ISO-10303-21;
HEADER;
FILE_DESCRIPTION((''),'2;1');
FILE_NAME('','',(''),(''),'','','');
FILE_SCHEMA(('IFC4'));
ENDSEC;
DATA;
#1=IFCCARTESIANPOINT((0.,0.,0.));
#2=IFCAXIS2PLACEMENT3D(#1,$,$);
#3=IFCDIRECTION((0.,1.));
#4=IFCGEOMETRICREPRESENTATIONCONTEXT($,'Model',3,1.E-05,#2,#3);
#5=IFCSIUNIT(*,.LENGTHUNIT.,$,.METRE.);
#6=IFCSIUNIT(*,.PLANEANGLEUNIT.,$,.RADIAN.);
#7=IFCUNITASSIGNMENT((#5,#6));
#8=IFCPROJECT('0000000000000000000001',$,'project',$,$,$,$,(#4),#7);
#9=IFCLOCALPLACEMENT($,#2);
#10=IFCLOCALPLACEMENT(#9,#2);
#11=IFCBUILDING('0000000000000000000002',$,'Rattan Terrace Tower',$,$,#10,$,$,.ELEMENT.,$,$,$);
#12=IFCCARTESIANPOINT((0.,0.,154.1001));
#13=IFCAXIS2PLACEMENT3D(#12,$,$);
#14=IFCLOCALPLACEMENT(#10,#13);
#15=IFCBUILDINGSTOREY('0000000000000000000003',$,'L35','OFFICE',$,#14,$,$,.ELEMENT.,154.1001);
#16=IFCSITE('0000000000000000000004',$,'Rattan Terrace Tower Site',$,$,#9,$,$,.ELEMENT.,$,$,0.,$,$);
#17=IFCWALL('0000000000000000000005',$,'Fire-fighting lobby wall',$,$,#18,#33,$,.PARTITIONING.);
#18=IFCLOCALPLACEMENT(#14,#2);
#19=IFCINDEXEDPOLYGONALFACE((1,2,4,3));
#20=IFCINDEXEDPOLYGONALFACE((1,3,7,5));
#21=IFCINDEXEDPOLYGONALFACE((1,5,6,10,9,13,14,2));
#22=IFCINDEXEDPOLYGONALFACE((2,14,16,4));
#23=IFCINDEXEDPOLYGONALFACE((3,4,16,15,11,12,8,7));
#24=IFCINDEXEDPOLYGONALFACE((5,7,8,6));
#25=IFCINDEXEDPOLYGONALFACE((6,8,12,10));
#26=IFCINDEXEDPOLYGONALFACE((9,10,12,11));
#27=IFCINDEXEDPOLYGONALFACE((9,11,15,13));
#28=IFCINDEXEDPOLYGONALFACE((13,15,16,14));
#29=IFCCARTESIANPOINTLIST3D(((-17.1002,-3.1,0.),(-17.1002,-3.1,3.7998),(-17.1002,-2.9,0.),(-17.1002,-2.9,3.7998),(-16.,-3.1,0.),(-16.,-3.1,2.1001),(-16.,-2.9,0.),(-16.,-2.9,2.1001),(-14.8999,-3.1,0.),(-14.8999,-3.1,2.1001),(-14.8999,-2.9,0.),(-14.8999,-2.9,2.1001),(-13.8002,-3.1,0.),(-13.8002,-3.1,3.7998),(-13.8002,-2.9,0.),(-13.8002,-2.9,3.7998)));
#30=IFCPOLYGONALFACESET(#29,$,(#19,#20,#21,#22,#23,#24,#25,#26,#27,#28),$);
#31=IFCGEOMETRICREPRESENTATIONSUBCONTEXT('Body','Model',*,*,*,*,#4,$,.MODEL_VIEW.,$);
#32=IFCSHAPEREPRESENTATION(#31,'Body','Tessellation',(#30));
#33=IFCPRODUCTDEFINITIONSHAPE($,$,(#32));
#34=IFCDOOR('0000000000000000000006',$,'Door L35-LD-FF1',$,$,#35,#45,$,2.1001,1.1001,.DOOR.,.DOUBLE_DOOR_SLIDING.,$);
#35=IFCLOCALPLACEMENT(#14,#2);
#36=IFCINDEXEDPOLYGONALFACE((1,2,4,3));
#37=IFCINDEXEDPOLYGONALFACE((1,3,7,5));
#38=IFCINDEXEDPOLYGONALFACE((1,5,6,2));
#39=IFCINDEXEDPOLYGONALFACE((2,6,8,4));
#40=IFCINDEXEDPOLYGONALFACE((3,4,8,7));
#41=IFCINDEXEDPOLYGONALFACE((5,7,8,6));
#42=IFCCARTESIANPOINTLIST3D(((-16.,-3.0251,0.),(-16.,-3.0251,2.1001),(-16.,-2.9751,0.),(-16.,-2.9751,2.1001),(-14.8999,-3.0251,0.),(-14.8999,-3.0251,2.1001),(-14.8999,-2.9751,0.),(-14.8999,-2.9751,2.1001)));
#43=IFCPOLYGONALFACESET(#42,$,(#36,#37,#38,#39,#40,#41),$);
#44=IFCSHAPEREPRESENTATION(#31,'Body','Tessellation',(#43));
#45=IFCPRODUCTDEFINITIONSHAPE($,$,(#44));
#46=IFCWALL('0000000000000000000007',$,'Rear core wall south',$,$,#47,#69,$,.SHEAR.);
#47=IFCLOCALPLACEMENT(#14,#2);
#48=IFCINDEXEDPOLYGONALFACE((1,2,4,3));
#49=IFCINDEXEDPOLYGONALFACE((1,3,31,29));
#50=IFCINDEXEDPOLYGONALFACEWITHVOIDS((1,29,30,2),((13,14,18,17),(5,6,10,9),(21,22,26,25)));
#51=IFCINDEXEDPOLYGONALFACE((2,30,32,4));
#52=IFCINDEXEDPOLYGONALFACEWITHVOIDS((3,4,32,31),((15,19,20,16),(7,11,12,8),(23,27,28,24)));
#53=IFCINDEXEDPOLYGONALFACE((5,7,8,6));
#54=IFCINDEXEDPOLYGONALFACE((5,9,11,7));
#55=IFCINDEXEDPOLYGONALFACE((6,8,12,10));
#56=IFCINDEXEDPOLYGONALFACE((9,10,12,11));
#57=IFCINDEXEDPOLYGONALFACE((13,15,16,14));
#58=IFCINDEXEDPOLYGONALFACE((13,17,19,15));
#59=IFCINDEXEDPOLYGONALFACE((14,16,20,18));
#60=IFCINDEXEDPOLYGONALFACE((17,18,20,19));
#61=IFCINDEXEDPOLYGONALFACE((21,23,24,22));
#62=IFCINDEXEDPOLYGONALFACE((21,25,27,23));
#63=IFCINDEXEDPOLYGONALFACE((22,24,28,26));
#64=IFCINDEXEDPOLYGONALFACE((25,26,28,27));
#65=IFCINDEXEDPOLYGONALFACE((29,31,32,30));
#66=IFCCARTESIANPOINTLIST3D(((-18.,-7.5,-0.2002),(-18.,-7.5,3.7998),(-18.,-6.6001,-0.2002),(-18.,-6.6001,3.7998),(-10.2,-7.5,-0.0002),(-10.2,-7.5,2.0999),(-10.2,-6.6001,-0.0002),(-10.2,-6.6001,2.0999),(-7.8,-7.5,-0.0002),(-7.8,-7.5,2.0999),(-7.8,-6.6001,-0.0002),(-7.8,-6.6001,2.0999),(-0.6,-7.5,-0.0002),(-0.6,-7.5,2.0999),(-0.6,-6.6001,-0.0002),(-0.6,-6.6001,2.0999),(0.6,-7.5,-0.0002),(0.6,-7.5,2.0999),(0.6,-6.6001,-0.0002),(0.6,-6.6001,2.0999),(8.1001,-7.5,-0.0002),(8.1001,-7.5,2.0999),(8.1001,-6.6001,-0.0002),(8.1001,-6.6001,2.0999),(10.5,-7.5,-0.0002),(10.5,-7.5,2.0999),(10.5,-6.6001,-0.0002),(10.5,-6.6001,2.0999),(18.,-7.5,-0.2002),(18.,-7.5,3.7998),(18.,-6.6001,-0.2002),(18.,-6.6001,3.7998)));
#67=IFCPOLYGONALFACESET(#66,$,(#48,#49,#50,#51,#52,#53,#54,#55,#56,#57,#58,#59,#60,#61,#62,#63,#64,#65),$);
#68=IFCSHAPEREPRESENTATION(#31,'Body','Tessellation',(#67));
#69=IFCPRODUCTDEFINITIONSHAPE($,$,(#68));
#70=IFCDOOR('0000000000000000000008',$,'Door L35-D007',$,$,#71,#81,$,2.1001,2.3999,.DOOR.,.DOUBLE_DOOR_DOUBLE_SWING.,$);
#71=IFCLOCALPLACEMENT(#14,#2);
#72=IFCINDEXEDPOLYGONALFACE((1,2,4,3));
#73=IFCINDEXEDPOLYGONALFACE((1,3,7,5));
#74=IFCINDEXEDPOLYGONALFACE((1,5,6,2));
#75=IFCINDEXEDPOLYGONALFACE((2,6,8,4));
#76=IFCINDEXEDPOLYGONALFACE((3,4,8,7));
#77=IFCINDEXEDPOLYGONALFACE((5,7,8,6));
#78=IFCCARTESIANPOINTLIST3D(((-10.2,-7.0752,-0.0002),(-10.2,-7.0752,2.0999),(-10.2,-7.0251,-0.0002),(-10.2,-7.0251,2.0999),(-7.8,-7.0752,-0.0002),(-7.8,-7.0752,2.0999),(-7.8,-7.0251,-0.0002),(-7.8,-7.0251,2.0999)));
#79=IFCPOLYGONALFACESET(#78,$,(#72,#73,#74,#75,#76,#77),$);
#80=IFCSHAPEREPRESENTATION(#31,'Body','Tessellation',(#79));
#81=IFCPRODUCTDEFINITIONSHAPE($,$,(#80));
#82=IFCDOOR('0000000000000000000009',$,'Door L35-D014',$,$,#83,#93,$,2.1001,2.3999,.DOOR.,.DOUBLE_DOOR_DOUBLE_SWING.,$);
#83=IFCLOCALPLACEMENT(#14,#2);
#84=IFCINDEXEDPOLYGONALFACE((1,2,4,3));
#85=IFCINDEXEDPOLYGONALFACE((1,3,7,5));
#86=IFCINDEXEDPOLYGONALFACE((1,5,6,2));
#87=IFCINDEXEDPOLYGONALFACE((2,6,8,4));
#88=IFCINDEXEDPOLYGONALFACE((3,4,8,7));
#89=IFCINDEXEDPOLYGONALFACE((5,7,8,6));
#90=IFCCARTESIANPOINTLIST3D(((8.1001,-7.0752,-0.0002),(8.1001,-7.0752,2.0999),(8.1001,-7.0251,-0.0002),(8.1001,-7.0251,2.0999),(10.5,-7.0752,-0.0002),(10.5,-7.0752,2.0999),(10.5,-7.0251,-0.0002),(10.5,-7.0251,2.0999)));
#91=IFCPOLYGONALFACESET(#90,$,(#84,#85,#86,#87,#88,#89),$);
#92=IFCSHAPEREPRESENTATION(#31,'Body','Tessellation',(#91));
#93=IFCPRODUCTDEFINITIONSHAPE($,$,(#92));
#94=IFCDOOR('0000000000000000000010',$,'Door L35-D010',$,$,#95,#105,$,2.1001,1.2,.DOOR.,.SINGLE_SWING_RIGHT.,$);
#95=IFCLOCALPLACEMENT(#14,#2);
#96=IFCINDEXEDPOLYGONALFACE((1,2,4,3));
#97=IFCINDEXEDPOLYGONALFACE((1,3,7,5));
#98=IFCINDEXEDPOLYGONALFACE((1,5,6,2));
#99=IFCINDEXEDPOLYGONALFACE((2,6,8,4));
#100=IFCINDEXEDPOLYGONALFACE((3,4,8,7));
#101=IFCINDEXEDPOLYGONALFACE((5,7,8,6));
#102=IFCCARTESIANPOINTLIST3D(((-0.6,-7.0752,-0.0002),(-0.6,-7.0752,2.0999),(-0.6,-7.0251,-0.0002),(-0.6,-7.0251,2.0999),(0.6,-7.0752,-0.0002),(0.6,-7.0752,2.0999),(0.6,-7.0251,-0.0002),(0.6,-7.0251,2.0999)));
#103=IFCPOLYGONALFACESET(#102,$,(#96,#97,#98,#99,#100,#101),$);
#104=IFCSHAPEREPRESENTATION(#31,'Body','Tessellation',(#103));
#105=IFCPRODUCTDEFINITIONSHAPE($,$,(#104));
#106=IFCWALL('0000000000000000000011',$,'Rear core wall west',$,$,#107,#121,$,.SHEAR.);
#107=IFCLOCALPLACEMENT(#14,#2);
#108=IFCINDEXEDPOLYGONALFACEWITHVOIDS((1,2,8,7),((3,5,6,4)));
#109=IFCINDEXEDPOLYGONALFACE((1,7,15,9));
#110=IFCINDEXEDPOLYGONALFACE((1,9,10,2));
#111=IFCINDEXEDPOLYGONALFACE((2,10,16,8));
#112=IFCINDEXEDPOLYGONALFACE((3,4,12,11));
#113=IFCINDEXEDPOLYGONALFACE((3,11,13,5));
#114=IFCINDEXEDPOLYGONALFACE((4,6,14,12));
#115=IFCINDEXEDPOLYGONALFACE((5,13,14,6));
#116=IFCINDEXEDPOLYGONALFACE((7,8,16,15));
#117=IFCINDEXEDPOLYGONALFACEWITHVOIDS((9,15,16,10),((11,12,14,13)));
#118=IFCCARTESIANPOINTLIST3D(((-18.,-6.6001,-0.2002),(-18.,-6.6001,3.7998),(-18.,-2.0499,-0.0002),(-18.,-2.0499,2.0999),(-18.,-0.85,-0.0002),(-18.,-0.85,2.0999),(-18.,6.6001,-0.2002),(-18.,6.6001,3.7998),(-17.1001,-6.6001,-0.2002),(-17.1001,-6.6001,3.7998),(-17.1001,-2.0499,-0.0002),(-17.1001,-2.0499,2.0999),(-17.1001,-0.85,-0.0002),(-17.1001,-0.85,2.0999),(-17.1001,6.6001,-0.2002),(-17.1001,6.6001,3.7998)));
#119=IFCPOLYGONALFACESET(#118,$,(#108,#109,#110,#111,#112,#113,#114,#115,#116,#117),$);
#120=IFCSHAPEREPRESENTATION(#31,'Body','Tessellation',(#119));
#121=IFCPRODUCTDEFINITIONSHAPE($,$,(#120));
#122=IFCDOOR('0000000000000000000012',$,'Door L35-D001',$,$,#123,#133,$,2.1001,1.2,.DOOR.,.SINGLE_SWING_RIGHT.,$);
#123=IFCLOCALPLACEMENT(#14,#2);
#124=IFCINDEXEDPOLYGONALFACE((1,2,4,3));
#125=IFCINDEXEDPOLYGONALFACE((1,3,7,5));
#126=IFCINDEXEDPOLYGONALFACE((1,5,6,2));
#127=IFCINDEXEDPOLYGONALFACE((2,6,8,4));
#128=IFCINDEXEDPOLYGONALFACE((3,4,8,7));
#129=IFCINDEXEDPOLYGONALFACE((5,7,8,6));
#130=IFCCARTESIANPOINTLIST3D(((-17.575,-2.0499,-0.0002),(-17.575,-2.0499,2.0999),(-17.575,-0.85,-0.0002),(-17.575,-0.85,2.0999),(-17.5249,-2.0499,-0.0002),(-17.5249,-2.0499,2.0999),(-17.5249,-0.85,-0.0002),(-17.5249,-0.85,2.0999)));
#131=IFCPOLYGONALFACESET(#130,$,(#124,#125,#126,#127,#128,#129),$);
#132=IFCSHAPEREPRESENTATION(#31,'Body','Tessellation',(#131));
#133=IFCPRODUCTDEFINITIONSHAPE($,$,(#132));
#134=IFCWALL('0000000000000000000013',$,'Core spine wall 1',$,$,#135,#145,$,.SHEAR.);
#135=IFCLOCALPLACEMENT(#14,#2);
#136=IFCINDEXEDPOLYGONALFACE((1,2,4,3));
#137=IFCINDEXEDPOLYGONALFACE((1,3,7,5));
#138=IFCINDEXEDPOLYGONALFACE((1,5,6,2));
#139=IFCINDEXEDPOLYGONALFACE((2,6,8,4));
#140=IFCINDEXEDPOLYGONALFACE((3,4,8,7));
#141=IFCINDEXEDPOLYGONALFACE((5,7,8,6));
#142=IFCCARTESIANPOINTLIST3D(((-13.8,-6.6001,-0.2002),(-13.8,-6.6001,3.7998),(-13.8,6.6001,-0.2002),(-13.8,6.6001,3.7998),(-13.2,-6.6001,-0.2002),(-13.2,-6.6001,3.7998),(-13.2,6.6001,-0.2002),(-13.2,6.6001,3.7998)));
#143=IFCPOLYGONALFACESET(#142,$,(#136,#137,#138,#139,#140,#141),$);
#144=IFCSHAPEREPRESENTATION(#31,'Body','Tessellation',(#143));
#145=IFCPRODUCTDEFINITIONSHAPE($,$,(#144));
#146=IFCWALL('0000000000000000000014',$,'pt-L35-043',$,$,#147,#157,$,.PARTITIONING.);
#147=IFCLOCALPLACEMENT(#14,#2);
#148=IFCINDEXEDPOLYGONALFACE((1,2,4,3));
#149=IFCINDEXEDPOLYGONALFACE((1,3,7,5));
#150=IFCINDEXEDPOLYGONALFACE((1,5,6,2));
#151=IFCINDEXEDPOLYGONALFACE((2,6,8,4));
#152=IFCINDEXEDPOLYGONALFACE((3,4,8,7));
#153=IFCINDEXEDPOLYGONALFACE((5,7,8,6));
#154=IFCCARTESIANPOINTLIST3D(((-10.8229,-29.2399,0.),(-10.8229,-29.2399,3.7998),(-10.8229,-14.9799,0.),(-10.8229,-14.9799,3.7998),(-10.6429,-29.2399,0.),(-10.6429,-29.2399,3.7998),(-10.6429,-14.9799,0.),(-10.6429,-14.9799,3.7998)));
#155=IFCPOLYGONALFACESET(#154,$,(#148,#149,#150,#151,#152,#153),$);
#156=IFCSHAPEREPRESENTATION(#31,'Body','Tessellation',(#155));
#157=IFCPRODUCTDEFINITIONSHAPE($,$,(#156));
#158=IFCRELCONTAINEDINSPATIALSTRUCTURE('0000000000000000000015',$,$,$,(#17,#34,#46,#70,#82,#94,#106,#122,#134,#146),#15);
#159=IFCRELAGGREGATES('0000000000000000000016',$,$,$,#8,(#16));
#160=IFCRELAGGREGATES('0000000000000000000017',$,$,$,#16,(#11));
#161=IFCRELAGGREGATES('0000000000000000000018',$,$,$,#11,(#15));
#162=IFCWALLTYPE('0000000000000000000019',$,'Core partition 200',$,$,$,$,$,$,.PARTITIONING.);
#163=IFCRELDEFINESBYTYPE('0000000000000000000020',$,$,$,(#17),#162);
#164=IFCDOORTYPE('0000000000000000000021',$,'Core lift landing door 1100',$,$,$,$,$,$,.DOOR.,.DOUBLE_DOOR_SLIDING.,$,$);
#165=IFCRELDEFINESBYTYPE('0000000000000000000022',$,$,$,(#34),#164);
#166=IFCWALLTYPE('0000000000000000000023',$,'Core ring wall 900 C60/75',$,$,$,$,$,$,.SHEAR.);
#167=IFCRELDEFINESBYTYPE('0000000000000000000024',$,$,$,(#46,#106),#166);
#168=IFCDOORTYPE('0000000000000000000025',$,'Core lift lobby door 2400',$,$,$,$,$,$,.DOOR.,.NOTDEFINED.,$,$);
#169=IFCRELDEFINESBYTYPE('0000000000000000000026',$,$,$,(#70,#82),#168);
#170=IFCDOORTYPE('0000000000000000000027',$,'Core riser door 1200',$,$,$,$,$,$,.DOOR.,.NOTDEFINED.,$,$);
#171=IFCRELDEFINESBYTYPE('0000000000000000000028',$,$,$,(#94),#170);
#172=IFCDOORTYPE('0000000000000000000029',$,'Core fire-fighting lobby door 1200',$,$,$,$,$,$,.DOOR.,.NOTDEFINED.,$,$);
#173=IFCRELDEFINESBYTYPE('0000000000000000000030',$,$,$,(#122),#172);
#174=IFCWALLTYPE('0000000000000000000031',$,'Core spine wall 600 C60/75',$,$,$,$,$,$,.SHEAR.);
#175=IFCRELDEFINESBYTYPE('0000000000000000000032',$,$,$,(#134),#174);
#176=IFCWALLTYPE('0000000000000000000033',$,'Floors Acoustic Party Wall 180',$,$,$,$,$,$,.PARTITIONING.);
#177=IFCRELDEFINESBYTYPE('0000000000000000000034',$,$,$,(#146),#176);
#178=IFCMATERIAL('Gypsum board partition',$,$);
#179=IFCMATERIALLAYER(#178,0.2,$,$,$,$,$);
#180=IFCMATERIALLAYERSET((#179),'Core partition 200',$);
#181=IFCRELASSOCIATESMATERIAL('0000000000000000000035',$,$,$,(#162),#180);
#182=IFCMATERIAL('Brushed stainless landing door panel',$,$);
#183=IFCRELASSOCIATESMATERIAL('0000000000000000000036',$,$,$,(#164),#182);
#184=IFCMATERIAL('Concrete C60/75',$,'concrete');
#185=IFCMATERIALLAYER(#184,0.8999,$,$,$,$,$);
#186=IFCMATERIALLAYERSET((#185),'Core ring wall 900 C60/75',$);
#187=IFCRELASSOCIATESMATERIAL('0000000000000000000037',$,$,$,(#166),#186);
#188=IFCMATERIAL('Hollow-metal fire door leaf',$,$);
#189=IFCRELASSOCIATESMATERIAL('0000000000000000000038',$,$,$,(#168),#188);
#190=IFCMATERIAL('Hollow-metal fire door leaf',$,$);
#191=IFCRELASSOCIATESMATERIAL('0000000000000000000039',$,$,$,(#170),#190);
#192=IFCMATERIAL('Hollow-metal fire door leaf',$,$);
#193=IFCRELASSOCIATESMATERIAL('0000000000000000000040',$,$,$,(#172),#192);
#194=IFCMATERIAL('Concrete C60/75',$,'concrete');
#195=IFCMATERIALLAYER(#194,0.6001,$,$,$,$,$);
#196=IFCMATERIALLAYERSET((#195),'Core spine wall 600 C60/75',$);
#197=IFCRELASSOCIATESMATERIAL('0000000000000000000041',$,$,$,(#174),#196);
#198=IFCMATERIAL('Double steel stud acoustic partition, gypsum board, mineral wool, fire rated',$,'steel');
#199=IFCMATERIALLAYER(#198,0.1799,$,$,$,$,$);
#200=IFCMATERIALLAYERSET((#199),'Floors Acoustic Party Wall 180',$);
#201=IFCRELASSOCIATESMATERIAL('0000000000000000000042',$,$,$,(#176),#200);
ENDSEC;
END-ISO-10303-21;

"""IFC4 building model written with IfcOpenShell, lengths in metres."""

from ifc_helpers import new_model, si_unit, direction, frame, frame_2d, origin, place, context, subcontext, project, spatial, rectangle, extrude, material, layer, layer_set, type_object, element, fill, save


model = new_model("IFC4")

# Units and contexts
model_context = context("Model", 3, precision=1e-05, world=origin(), true_north=direction((0.0, 1.0)))
body_context = subcontext(model_context, "Body", "Model", "MODEL_VIEW")
ifc_project = project(units=[si_unit("LENGTHUNIT", "METRE"), si_unit("PLANEANGLEUNIT", "RADIAN")], contexts=[model_context])

# Site, building, storey
site_placement = place(None, origin())
site = spatial("IfcSite", under=ifc_project, at=site_placement, Name="Rattan Terrace Tower Site", CompositionType="ELEMENT", RefElevation=0.0)
building_placement = place(site_placement, origin())
building = spatial("IfcBuilding", under=site, at=building_placement, Name="Rattan Terrace Tower", CompositionType="ELEMENT")
storey_placement = place(building_placement, frame((0.0, 0.0, 154.1001)))
storey = spatial("IfcBuildingStorey", under=building, at=storey_placement, Name="L35", Description="OFFICE", CompositionType="ELEMENT", Elevation=154.1001)

# Wall, opening, door
ifc_material_1 = material(Name="Gypsum board partition")
ifc_layer_1 = layer(ifc_material_1, 0.2)
ifc_layer_set_1 = layer_set([ifc_layer_1], Name="Core partition 200")
wall_type_1 = type_object("IfcWallType", Name="Core partition 200", PredefinedType="PARTITIONING", material=ifc_layer_set_1)
wall_1_placement = place(storey_placement, frame((-17.1001, -3.0, 0.0), z_axis=(0.0, 0.0, 1.0), x_axis=(1.0, 0.0, 0.0)))
wall_1 = element("IfcWall", 1, at=wall_1_placement, inside=storey, type_object=wall_type_1, Name="Fire-fighting lobby wall", PredefinedType="PARTITIONING", context=body_context, shape_type="SweptSolid", body=[
    extrude(rectangle(XDim=3.3, YDim=0.2, at=frame_2d((1.6499, 0.0))), origin(), (0.0, 0.0, 1.0), 3.7998),
])
opening_1_placement = place(wall_1_placement, frame((1.1001, 0.0, 0.0)))
opening_1 = element("IfcOpeningElement", 2, at=opening_1_placement, cuts=wall_1, PredefinedType="OPENING", context=body_context, shape_type="SweptSolid", body=[
    extrude(rectangle(XDim=1.1001, YDim=2.1001, at=frame_2d((0.55, 1.05))), frame((0.0, 0.1106, 0.0), z_axis=(0.0, -1.0, 0.0), x_axis=(1.0, 0.0, 0.0)), (0.0, 0.0, 1.0), 0.2209),
])
ifc_material_2 = material(Name="Brushed stainless landing door panel")
door_type_1 = type_object("IfcDoorType", Name="Core lift landing door 1100", OperationType="DOUBLE_DOOR_SLIDING", PredefinedType="DOOR", material=ifc_material_2)
door_1_placement = place(opening_1_placement, origin())
door_1 = element("IfcDoor", 3, at=door_1_placement, inside=storey, type_object=door_type_1, Name="Door L35-LD-FF1", OperationType="DOUBLE_DOOR_SLIDING", OverallHeight=2.1001, OverallWidth=1.1001, PredefinedType="DOOR", context=body_context, shape_type="SweptSolid", body=[
    extrude(rectangle(XDim=1.1001, YDim=2.1001, at=frame_2d((0.55, 1.05))), frame((0.0, 0.0249, 0.0), z_axis=(0.0, -1.0, 0.0), x_axis=(1.0, 0.0, 0.0)), (0.0, 0.0, 1.0), 0.05),
])
fill(opening_1, door_1)

# Wall, openings, doors
ifc_material_3 = material(Name="Concrete C60/75", Category="concrete")
ifc_layer_2 = layer(ifc_material_3, 0.8999)
ifc_layer_set_2 = layer_set([ifc_layer_2], Name="Core ring wall 900 C60/75")
wall_type_2 = type_object("IfcWallType", Name="Core ring wall 900 C60/75", PredefinedType="SHEAR", material=ifc_layer_set_2)
wall_2_placement = place(storey_placement, frame((-18.0, -7.05, -0.2002), z_axis=(0.0, 0.0, 1.0), x_axis=(1.0, 0.0, 0.0)))
wall_2 = element("IfcWall", 4, at=wall_2_placement, inside=storey, type_object=wall_type_2, Name="Rear core wall south", PredefinedType="SHEAR", context=body_context, shape_type="SweptSolid", body=[
    extrude(rectangle(XDim=36.0, YDim=0.8999, at=frame_2d((18.0, 0.0))), origin(), (0.0, 0.0, 1.0), 4.0),
])
opening_2_placement = place(wall_2_placement, frame((7.8, 0.0, 0.2)))
opening_2 = element("IfcOpeningElement", 5, at=opening_2_placement, cuts=wall_2, PredefinedType="OPENING", context=body_context, shape_type="SweptSolid", body=[
    extrude(rectangle(XDim=2.3999, YDim=2.1001, at=frame_2d((1.2, 1.05))), frame((0.0, 0.4604, 0.0), z_axis=(0.0, -1.0, 0.0), x_axis=(1.0, 0.0, 0.0)), (0.0, 0.0, 1.0), 0.9209),
])
opening_3_placement = place(wall_2_placement, frame((17.3999, 0.0, 0.2)))
opening_3 = element("IfcOpeningElement", 6, at=opening_3_placement, cuts=wall_2, PredefinedType="OPENING", context=body_context, shape_type="SweptSolid", body=[
    extrude(rectangle(XDim=1.2, YDim=2.1001, at=frame_2d((0.6001, 1.05))), frame((0.0, 0.4604, 0.0), z_axis=(0.0, -1.0, 0.0), x_axis=(1.0, 0.0, 0.0)), (0.0, 0.0, 1.0), 0.9209),
])
opening_4_placement = place(wall_2_placement, frame((26.1001, 0.0, 0.2)))
opening_4 = element("IfcOpeningElement", 7, at=opening_4_placement, cuts=wall_2, PredefinedType="OPENING", context=body_context, shape_type="SweptSolid", body=[
    extrude(rectangle(XDim=2.3999, YDim=2.1001, at=frame_2d((1.2, 1.05))), frame((0.0, 0.4604, 0.0), z_axis=(0.0, -1.0, 0.0), x_axis=(1.0, 0.0, 0.0)), (0.0, 0.0, 1.0), 0.9209),
])
ifc_material_4 = material(Name="Hollow-metal fire door leaf")
door_type_2 = type_object("IfcDoorType", Name="Core lift lobby door 2400", OperationType="NOTDEFINED", PredefinedType="DOOR", material=ifc_material_4)
door_2_placement = place(opening_2_placement, origin())
door_2 = element("IfcDoor", 8, at=door_2_placement, inside=storey, type_object=door_type_2, Name="Door L35-D007", OperationType="DOUBLE_DOOR_DOUBLE_SWING", OverallHeight=2.1001, OverallWidth=2.3999, PredefinedType="DOOR", context=body_context, shape_type="SweptSolid", body=[
    extrude(rectangle(XDim=2.3999, YDim=2.1001, at=frame_2d((1.2, 1.05))), frame((0.0, 0.0249, 0.0), z_axis=(0.0, -1.0, 0.0), x_axis=(1.0, 0.0, 0.0)), (0.0, 0.0, 1.0), 0.05),
])
fill(opening_2, door_2)
door_3_placement = place(opening_4_placement, origin())
door_3 = element("IfcDoor", 9, at=door_3_placement, inside=storey, type_object=door_type_2, Name="Door L35-D014", OperationType="DOUBLE_DOOR_DOUBLE_SWING", OverallHeight=2.1001, OverallWidth=2.3999, PredefinedType="DOOR", context=body_context, shape_type="SweptSolid", body=[
    extrude(rectangle(XDim=2.3999, YDim=2.1001, at=frame_2d((1.2, 1.05))), frame((0.0, 0.0249, 0.0), z_axis=(0.0, -1.0, 0.0), x_axis=(1.0, 0.0, 0.0)), (0.0, 0.0, 1.0), 0.05),
])
fill(opening_4, door_3)
ifc_material_5 = material(Name="Hollow-metal fire door leaf")
door_type_3 = type_object("IfcDoorType", Name="Core riser door 1200", OperationType="NOTDEFINED", PredefinedType="DOOR", material=ifc_material_5)
door_4_placement = place(opening_3_placement, origin())
door_4 = element("IfcDoor", 10, at=door_4_placement, inside=storey, type_object=door_type_3, Name="Door L35-D010", OperationType="SINGLE_SWING_RIGHT", OverallHeight=2.1001, OverallWidth=1.2, PredefinedType="DOOR", context=body_context, shape_type="SweptSolid", body=[
    extrude(rectangle(XDim=1.2, YDim=2.1001, at=frame_2d((0.6001, 1.05))), frame((0.0, 0.0249, 0.0), z_axis=(0.0, -1.0, 0.0), x_axis=(1.0, 0.0, 0.0)), (0.0, 0.0, 1.0), 0.05),
])
fill(opening_3, door_4)

# Wall, opening, door
wall_3_placement = place(storey_placement, frame((-17.55, -6.6001, -0.2002), z_axis=(0.0, 0.0, 1.0), x_axis=(0.0, 1.0, 0.0)))
wall_3 = element("IfcWall", 11, at=wall_3_placement, inside=storey, type_object=wall_type_2, Name="Rear core wall west", PredefinedType="SHEAR", context=body_context, shape_type="SweptSolid", body=[
    extrude(rectangle(XDim=13.2002, YDim=0.8999, at=frame_2d((6.6001, 0.0))), origin(), (0.0, 0.0, 1.0), 4.0),
])
opening_5_placement = place(wall_3_placement, frame((4.55, 0.0, 0.2)))
opening_5 = element("IfcOpeningElement", 12, at=opening_5_placement, cuts=wall_3, PredefinedType="OPENING", context=body_context, shape_type="SweptSolid", body=[
    extrude(rectangle(XDim=1.2, YDim=2.1001, at=frame_2d((0.6001, 1.05))), frame((0.0, 0.4604, 0.0), z_axis=(0.0, -1.0, 0.0), x_axis=(1.0, 0.0, 0.0)), (0.0, 0.0, 1.0), 0.9209),
])
ifc_material_6 = material(Name="Hollow-metal fire door leaf")
door_type_4 = type_object("IfcDoorType", Name="Core fire-fighting lobby door 1200", OperationType="NOTDEFINED", PredefinedType="DOOR", material=ifc_material_6)
door_5_placement = place(opening_5_placement, origin())
door_5 = element("IfcDoor", 13, at=door_5_placement, inside=storey, type_object=door_type_4, Name="Door L35-D001", OperationType="SINGLE_SWING_RIGHT", OverallHeight=2.1001, OverallWidth=1.2, PredefinedType="DOOR", context=body_context, shape_type="SweptSolid", body=[
    extrude(rectangle(XDim=1.2, YDim=2.1001, at=frame_2d((0.6001, 1.05))), frame((0.0, 0.0249, 0.0), z_axis=(0.0, -1.0, 0.0), x_axis=(1.0, 0.0, 0.0)), (0.0, 0.0, 1.0), 0.05),
])
fill(opening_5, door_5)

# Walls
ifc_material_7 = material(Name="Concrete C60/75", Category="concrete")
ifc_layer_3 = layer(ifc_material_7, 0.6001)
ifc_layer_set_3 = layer_set([ifc_layer_3], Name="Core spine wall 600 C60/75")
wall_type_3 = type_object("IfcWallType", Name="Core spine wall 600 C60/75", PredefinedType="SHEAR", material=ifc_layer_set_3)
wall_4_placement = place(storey_placement, frame((-13.5, -6.6001, -0.2002), z_axis=(0.0, 0.0, 1.0), x_axis=(0.0, 1.0, 0.0)))
element("IfcWall", 14, at=wall_4_placement, inside=storey, type_object=wall_type_3, Name="Core spine wall 1", PredefinedType="SHEAR", context=body_context, shape_type="SweptSolid", body=[
    extrude(rectangle(XDim=13.2002, YDim=0.6001, at=frame_2d((6.6001, 0.0))), origin(), (0.0, 0.0, 1.0), 4.0),
])
ifc_material_8 = material(Name="Double steel stud acoustic partition, gypsum board, mineral wool, fire rated", Category="steel")
ifc_layer_4 = layer(ifc_material_8, 0.1799)
ifc_layer_set_4 = layer_set([ifc_layer_4], Name="Floors Acoustic Party Wall 180")
wall_type_4 = type_object("IfcWallType", Name="Floors Acoustic Party Wall 180", PredefinedType="PARTITIONING", material=ifc_layer_set_4)
wall_5_placement = place(storey_placement, frame((-10.7329, -14.98, 0.0), z_axis=(0.0, 0.0, 1.0), x_axis=(0.0, -1.0, 0.0)))
element("IfcWall", 15, at=wall_5_placement, inside=storey, type_object=wall_type_4, Name="pt-L35-043", PredefinedType="PARTITIONING", context=body_context, shape_type="SweptSolid", body=[
    extrude(rectangle(XDim=14.26, YDim=0.1799, at=frame_2d((7.1299, 0.0))), origin(), (0.0, 0.0, 1.0), 3.7998),
])

save(model, "model.ifc")
